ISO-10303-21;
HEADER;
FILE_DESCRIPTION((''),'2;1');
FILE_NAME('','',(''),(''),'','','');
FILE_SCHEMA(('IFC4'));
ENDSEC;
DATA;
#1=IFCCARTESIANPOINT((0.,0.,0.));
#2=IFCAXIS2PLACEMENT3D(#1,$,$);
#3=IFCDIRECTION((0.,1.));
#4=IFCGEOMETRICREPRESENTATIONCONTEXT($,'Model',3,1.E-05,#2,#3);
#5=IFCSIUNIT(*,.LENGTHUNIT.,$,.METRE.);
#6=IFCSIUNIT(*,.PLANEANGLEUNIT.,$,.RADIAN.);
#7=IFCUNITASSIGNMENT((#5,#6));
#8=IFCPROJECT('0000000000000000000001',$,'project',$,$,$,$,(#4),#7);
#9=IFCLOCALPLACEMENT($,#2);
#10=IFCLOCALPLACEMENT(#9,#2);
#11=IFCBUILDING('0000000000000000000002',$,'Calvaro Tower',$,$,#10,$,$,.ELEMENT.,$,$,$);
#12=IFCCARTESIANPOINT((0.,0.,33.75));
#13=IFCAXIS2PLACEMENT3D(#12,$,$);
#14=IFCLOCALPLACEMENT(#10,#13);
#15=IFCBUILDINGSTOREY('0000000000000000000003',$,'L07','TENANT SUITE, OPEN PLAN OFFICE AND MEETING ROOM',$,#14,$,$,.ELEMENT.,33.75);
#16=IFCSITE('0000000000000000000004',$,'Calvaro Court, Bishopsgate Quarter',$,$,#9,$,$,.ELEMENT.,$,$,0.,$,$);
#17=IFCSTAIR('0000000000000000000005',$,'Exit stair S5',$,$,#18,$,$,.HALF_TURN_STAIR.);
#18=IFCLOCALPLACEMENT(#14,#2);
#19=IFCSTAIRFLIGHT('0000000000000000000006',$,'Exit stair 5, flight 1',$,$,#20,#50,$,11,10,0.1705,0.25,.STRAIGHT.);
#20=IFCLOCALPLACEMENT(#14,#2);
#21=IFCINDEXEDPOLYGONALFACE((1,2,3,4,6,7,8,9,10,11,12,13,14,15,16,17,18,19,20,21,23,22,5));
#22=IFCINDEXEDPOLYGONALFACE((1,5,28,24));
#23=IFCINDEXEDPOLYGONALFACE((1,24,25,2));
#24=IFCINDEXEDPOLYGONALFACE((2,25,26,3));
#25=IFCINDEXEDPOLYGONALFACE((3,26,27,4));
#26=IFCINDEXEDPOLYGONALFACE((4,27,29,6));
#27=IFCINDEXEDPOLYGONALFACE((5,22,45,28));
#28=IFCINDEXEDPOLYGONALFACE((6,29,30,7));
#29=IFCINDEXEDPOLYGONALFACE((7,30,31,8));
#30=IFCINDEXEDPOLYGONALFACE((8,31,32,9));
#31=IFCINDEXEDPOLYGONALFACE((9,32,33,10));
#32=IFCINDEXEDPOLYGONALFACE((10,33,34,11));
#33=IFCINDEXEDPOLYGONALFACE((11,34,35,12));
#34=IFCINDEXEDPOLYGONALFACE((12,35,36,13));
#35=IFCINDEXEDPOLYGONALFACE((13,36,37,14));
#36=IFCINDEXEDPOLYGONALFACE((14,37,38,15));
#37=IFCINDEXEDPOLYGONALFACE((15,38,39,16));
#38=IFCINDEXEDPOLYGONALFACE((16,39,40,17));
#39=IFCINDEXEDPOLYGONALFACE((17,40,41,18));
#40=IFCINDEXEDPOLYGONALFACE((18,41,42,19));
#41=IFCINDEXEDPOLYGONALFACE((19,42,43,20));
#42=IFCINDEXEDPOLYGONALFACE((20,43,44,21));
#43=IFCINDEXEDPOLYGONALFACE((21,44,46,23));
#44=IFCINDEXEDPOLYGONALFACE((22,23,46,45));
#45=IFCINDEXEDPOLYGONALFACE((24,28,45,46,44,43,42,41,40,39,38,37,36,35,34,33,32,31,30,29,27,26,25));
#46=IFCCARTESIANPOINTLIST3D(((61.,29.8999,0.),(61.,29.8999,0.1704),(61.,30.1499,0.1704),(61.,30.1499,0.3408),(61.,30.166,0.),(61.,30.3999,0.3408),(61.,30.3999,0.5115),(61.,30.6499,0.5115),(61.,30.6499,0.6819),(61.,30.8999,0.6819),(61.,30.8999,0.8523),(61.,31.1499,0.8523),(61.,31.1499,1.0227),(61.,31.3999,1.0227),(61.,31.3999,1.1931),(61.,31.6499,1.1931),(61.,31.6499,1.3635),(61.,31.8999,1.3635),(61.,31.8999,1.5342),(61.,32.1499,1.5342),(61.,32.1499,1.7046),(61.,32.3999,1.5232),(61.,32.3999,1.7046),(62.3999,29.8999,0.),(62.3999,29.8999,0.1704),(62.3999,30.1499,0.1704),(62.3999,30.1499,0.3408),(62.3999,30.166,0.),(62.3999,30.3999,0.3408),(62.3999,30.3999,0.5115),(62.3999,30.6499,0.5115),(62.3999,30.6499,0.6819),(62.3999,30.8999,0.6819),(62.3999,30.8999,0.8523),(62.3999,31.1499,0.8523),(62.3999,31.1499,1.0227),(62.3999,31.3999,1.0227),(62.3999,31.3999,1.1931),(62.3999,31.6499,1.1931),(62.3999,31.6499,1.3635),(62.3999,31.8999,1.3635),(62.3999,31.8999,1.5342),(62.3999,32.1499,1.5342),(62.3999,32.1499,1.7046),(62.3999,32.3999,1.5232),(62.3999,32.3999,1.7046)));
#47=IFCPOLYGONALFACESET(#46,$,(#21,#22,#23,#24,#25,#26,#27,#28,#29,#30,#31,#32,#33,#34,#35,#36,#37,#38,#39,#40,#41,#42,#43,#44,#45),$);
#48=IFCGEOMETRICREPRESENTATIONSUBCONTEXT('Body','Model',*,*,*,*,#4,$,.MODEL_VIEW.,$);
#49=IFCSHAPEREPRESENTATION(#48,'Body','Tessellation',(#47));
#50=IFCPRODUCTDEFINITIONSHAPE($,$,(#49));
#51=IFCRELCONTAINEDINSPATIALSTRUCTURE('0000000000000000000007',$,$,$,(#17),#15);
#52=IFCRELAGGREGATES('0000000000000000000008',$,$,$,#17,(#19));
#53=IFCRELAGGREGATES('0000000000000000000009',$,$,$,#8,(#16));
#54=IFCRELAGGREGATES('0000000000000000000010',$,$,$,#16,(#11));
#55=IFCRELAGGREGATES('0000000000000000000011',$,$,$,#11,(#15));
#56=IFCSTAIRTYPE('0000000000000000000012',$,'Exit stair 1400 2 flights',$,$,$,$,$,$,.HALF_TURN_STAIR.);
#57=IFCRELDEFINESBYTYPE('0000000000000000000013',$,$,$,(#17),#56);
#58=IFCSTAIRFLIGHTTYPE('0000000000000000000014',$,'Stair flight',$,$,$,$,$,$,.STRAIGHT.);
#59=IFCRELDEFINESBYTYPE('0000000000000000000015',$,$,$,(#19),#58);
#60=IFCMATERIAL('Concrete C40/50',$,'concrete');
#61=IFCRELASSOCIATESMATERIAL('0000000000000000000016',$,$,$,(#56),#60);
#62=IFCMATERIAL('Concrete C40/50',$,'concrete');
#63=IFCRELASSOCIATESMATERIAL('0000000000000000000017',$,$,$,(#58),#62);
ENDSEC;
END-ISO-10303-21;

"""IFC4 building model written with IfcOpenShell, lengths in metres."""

from ifc_helpers import new_model, si_unit, direction, frame, origin, place, context, subcontext, project, spatial, polyline, outline, extrude, material, type_object, element, aggregate, save


model = new_model("IFC4")

# Units and contexts
model_context = context("Model", 3, precision=1e-05, world=origin(), true_north=direction((0.0, 1.0)))
body_context = subcontext(model_context, "Body", "Model", "MODEL_VIEW")
ifc_project = project(units=[si_unit("LENGTHUNIT", "METRE"), si_unit("PLANEANGLEUNIT", "RADIAN")], contexts=[model_context])

# Site, building, storey
site_placement = place(None, origin())
site = spatial("IfcSite", under=ifc_project, at=site_placement, Name="Calvaro Court, Bishopsgate Quarter", CompositionType="ELEMENT", RefElevation=0.0)
building_placement = place(site_placement, origin())
building = spatial("IfcBuilding", under=site, at=building_placement, Name="Calvaro Tower", CompositionType="ELEMENT")
storey_placement = place(building_placement, frame((0.0, 0.0, 33.75)))
storey = spatial("IfcBuildingStorey", under=building, at=storey_placement, Name="L07", Description="TENANT SUITE, OPEN PLAN OFFICE AND MEETING ROOM", CompositionType="ELEMENT", Elevation=33.75)

# Stair, stair flight
ifc_material_1 = material(Name="Concrete C40/50", Category="concrete")
stair_type = type_object("IfcStairType", Name="Exit stair 1400 2 flights", PredefinedType="HALF_TURN_STAIR", material=ifc_material_1)
stair_placement = place(storey_placement, origin())
stair = element("IfcStair", 1, at=stair_placement, inside=storey, type_object=stair_type, Name="Exit stair S5", PredefinedType="HALF_TURN_STAIR")
ifc_material_2 = material(Name="Concrete C40/50", Category="concrete")
stair_flight_type = type_object("IfcStairFlightType", Name="Stair flight", PredefinedType="STRAIGHT", material=ifc_material_2)
stair_flight_placement = place(storey_placement, frame((61.7, 29.8999, 0.0), z_axis=(0.0, 0.0, 1.0), x_axis=(0.0, 1.0, 0.0)))
stair_flight = element("IfcStairFlight", 2, at=stair_flight_placement, type_object=stair_flight_type, Name="Exit stair 5, flight 1", NumberOfRisers=11, NumberOfTreads=10, PredefinedType="STRAIGHT", RiserHeight=0.1705, TreadLength=0.25, context=body_context, shape_type="SweptSolid", body=[
    extrude(outline(polyline([(0.0, 0.0), (0.0, 0.1704), (0.25, 0.1704), (0.25, 0.3408), (0.5, 0.3408), (0.5, 0.5115), (0.75, 0.5115), (0.75, 0.6819), (1.0, 0.6819), (1.0, 0.8523), (1.25, 0.8523), (1.25, 1.0227), (1.5, 1.0227), (1.5, 1.1931), (1.75, 1.1931), (1.75, 1.3635), (2.0, 1.3635), (2.0, 1.5342), (2.25, 1.5342), (2.25, 1.7046), (2.5, 1.7046), (2.5, 1.875), (2.5, 1.5232), (0.2661, 0.0), (0.0, 0.0)])), frame((0.0, 0.7, 0.0), z_axis=(0.0, -1.0, 0.0), x_axis=(1.0, 0.0, 0.0)), (0.0, 0.0, 1.0), 1.3999),
])
aggregate(stair, [stair_flight])

save(model, "model.ifc")
